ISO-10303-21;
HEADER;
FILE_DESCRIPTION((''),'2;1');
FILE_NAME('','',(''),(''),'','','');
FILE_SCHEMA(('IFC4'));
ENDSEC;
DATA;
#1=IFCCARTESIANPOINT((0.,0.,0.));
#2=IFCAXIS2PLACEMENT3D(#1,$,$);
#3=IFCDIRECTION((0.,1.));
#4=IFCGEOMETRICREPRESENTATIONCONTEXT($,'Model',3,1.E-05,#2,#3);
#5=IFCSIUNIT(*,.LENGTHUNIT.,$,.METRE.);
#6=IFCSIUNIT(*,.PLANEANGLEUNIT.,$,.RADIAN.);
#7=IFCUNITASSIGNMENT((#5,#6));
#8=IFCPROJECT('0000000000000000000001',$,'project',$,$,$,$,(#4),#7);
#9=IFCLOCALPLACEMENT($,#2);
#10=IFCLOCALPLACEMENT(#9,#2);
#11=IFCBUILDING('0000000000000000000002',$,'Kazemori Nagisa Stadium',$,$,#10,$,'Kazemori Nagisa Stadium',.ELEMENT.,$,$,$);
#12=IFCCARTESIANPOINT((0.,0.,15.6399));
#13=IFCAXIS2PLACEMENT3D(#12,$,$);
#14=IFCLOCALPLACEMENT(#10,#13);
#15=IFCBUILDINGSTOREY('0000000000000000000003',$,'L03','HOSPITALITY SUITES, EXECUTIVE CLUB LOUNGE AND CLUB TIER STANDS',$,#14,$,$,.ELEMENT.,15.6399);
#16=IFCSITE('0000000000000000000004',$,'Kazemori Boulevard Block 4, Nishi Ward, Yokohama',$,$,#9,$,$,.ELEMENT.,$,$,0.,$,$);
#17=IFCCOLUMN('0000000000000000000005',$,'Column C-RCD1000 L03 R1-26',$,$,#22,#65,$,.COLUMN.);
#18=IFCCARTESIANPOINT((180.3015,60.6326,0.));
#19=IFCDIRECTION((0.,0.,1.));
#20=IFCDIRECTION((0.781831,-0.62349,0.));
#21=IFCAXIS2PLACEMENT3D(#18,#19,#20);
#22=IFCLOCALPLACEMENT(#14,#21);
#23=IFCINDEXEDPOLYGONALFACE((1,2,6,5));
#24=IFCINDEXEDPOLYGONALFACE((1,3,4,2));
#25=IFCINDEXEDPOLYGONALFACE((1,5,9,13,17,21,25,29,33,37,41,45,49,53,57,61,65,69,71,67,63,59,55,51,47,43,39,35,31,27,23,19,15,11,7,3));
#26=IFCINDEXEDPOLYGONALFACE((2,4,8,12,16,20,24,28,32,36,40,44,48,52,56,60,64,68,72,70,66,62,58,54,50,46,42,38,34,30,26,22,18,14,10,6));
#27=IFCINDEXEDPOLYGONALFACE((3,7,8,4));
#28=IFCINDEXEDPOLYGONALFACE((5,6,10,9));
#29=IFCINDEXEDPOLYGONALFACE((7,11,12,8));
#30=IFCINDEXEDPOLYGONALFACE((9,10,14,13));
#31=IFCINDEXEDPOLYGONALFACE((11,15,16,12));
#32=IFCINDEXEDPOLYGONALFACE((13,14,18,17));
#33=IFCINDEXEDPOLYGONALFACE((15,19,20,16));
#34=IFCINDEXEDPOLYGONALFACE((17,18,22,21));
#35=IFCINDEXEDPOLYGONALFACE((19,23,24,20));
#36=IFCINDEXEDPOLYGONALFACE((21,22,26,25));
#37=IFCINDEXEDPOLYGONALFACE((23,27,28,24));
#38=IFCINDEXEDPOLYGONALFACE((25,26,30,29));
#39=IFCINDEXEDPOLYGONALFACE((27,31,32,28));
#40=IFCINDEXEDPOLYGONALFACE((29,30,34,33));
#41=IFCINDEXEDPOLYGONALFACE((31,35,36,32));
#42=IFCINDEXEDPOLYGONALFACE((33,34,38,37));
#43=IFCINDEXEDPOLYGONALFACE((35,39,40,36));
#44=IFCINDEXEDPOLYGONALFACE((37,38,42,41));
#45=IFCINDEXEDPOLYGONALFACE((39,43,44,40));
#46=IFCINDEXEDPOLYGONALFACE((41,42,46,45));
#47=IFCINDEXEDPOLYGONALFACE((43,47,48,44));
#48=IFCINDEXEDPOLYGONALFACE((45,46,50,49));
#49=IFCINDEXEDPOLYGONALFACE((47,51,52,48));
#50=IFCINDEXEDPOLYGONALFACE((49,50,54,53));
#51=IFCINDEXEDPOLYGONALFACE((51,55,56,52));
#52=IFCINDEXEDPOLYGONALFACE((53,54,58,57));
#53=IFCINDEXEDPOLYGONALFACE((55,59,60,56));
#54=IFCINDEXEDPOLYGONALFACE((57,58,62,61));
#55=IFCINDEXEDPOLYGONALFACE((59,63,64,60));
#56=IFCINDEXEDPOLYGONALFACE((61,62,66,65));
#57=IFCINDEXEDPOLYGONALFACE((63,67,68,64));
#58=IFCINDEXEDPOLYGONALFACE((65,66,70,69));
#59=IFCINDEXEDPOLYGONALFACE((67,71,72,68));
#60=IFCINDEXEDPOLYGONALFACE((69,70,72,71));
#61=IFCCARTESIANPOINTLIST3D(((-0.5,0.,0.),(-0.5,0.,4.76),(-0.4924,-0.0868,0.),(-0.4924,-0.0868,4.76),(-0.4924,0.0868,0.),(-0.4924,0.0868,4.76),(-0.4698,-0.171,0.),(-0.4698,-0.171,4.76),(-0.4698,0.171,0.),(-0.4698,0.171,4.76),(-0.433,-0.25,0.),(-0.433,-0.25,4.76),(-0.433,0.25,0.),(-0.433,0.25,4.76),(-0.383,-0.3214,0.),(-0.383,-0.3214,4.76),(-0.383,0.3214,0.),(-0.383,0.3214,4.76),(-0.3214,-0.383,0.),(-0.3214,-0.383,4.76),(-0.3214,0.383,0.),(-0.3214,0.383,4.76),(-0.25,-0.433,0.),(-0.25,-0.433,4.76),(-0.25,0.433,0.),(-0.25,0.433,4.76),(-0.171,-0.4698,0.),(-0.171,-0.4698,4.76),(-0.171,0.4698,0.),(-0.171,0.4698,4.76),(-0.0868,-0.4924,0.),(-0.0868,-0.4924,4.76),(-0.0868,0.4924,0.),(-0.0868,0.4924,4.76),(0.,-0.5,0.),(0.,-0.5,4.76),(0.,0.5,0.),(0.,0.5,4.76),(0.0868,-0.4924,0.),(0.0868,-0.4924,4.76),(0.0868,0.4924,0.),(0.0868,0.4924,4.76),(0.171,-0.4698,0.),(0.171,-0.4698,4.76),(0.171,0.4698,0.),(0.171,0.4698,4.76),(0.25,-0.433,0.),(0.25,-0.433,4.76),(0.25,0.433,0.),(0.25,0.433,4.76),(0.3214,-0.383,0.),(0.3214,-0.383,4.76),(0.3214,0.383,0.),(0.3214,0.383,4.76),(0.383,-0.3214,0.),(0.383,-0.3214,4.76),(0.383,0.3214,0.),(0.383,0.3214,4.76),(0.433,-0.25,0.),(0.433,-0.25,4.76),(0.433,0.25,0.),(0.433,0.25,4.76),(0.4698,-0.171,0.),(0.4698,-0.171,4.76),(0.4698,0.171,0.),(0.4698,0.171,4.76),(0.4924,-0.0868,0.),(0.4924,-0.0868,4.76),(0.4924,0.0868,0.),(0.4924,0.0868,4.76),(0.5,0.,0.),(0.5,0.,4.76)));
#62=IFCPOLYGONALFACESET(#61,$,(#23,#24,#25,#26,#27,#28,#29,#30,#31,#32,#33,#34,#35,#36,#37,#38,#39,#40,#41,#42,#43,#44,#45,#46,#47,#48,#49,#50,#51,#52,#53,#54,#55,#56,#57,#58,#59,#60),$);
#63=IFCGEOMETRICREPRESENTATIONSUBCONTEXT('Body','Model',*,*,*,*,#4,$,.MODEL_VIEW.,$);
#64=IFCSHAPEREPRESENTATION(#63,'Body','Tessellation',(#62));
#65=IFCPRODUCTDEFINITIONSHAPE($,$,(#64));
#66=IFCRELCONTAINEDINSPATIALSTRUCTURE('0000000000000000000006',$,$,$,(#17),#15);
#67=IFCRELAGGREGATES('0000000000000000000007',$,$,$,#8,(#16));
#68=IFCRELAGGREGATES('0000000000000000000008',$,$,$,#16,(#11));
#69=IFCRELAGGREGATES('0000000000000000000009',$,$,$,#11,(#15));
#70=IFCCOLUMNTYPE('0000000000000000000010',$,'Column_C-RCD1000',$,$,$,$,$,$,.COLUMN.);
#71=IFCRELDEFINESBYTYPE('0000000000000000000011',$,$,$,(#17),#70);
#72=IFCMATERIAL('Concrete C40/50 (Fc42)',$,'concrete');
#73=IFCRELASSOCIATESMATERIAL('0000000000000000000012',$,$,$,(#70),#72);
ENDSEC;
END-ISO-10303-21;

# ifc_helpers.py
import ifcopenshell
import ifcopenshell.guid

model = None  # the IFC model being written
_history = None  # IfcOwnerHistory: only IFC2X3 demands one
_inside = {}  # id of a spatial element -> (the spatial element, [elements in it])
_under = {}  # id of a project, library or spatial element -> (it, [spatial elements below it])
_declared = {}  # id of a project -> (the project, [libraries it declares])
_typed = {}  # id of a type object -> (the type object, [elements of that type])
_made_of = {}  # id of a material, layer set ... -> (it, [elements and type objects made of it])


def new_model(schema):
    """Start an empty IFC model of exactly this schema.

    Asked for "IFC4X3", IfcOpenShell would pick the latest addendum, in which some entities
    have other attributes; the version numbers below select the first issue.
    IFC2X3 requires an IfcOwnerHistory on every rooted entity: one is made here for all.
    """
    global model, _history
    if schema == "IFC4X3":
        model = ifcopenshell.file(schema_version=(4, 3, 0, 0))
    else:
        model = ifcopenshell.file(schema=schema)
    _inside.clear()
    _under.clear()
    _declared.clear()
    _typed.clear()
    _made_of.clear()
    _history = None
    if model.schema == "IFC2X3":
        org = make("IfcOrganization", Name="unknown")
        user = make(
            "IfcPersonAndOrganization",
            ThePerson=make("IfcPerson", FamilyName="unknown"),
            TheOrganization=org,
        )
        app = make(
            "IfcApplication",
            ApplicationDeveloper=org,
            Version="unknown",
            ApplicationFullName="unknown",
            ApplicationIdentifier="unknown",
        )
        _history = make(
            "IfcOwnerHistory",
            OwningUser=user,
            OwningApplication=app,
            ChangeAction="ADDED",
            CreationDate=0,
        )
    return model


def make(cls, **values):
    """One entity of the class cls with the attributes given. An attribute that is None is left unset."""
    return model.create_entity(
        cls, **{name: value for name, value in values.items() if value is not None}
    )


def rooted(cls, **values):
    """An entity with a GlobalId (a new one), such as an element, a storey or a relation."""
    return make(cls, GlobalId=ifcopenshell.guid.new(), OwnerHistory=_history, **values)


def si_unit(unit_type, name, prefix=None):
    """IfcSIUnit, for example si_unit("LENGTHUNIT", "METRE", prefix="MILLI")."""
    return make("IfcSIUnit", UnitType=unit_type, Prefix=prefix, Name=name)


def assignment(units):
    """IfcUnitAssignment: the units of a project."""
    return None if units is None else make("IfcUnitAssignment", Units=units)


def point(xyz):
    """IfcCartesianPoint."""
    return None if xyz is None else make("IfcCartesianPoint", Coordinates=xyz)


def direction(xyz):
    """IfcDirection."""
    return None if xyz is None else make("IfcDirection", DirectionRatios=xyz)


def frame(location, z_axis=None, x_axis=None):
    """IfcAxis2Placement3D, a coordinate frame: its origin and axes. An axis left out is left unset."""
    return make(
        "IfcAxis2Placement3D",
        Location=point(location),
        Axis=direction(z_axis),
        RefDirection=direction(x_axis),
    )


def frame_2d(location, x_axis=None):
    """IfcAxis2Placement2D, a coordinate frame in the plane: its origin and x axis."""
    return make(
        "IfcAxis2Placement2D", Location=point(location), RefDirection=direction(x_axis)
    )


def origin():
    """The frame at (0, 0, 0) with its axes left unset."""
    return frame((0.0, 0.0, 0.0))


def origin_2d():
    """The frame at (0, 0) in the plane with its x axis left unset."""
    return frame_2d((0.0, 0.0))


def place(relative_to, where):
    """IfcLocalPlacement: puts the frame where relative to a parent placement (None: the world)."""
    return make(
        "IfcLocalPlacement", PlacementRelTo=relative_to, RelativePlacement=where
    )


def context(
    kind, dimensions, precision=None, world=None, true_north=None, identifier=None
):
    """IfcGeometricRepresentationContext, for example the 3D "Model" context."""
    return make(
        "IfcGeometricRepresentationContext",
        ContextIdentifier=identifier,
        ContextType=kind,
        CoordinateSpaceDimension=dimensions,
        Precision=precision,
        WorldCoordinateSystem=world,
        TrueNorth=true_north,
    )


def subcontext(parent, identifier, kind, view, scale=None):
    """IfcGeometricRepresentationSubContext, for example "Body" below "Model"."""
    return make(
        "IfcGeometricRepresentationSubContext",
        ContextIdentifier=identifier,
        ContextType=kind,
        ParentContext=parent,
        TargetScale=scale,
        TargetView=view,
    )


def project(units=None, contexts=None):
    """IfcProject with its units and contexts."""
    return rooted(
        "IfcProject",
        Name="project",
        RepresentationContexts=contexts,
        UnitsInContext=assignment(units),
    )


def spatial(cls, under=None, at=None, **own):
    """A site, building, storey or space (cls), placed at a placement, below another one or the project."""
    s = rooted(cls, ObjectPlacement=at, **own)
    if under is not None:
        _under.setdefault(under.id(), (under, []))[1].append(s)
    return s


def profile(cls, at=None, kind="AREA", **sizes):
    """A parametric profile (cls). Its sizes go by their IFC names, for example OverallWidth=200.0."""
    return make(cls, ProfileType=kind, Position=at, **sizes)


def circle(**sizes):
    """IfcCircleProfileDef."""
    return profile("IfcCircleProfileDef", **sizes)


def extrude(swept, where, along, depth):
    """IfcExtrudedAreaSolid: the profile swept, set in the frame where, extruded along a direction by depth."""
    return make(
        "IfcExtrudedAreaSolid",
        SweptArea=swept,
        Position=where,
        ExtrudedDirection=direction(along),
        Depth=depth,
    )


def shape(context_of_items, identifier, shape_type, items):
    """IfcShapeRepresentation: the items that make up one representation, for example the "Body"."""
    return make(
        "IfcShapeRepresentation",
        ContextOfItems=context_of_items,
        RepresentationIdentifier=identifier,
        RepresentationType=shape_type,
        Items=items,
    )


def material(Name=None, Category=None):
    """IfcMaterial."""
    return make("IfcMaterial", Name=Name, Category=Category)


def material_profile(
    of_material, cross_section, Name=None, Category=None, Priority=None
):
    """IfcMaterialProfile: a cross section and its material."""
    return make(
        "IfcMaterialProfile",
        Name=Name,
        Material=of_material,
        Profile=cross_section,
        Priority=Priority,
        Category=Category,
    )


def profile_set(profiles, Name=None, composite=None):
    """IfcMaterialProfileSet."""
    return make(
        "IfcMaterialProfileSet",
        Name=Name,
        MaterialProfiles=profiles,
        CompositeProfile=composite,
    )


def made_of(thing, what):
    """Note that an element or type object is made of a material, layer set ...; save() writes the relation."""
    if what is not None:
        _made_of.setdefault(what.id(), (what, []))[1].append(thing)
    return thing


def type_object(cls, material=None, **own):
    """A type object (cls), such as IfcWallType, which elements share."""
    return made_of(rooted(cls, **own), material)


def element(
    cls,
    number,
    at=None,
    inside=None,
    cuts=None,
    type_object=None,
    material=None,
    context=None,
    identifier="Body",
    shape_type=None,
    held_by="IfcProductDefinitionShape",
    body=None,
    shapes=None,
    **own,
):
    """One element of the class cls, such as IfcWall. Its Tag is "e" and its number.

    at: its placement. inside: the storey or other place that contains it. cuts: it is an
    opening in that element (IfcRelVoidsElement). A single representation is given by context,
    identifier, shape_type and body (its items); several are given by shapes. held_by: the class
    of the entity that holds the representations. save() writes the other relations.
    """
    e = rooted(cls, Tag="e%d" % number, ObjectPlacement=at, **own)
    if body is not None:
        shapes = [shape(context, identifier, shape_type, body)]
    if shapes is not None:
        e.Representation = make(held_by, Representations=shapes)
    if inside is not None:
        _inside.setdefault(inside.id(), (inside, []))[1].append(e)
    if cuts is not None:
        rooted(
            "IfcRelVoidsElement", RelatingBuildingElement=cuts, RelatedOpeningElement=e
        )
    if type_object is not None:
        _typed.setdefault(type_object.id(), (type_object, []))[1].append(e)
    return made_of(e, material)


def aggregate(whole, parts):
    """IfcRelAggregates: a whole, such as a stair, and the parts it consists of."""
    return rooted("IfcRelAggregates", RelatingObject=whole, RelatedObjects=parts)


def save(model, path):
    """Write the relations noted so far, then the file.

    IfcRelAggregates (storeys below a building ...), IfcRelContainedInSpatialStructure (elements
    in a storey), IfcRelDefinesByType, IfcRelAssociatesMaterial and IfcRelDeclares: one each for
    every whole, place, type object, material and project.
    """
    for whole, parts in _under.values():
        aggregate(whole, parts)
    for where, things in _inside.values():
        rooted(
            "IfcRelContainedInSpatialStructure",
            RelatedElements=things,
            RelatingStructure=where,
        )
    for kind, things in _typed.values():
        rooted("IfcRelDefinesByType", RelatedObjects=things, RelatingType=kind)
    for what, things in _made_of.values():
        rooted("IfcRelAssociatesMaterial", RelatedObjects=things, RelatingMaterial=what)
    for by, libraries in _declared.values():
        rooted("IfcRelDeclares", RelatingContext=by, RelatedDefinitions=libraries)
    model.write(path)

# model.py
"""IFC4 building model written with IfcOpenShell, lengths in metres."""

from ifc_helpers import new_model, si_unit, direction, frame, origin, origin_2d, place, context, subcontext, project, spatial, circle, extrude, material, material_profile, profile_set, type_object, element, save


model = new_model("IFC4")

# Units and contexts
model_context = context("Model", 3, precision=1e-05, world=origin(), true_north=direction((0.0, 1.0)))
body_context = subcontext(model_context, "Body", "Model", "MODEL_VIEW")
ifc_project = project(units=[si_unit("LENGTHUNIT", "METRE"), si_unit("PLANEANGLEUNIT", "RADIAN")], contexts=[model_context])

# Site, building, storey
site_placement = place(None, origin())
site = spatial("IfcSite", under=ifc_project, at=site_placement, Name="Kazemori Boulevard Block 4, Nishi Ward, Yokohama", CompositionType="ELEMENT", RefElevation=0.0)
building_placement = place(site_placement, origin())
building = spatial("IfcBuilding", under=site, at=building_placement, Name="Kazemori Nagisa Stadium", LongName="Kazemori Nagisa Stadium", CompositionType="ELEMENT")
storey_placement = place(building_placement, frame((0.0, 0.0, 15.6399)))
storey = spatial("IfcBuildingStorey", under=building, at=storey_placement, Name="L03", Description="HOSPITALITY SUITES, EXECUTIVE CLUB LOUNGE AND CLUB TIER STANDS", CompositionType="ELEMENT", Elevation=15.6399)

# Column
ifc_material_1 = material(Name="Concrete C40/50 (Fc42)", Category="concrete")
ifc_material_profile_1 = material_profile(ifc_material_1, circle(Radius=0.5, at=origin_2d()), Name="RC-COL-D1000")
ifc_profile_set_1 = profile_set([ifc_material_profile_1], Name="Concrete C40/50 (Fc42)")
column_type_1 = type_object("IfcColumnType", Name="Column_C-RCD1000", PredefinedType="COLUMN", material=ifc_profile_set_1)
column_placement = place(storey_placement, frame((180.3015, 60.6326, 0.0), z_axis=(0.0, 0.0, 1.0), x_axis=(0.781831, -0.62349, 0.0)))
element("IfcColumn", 1, at=column_placement, inside=storey, type_object=column_type_1, Name="Column C-RCD1000 L03 R1-26", PredefinedType="COLUMN", context=body_context, shape_type="SweptSolid", body=[
    extrude(circle(Radius=0.5, at=origin_2d()), origin(), (0.0, 0.0, 1.0), 4.76),
])

save(model, "model.ifc")
